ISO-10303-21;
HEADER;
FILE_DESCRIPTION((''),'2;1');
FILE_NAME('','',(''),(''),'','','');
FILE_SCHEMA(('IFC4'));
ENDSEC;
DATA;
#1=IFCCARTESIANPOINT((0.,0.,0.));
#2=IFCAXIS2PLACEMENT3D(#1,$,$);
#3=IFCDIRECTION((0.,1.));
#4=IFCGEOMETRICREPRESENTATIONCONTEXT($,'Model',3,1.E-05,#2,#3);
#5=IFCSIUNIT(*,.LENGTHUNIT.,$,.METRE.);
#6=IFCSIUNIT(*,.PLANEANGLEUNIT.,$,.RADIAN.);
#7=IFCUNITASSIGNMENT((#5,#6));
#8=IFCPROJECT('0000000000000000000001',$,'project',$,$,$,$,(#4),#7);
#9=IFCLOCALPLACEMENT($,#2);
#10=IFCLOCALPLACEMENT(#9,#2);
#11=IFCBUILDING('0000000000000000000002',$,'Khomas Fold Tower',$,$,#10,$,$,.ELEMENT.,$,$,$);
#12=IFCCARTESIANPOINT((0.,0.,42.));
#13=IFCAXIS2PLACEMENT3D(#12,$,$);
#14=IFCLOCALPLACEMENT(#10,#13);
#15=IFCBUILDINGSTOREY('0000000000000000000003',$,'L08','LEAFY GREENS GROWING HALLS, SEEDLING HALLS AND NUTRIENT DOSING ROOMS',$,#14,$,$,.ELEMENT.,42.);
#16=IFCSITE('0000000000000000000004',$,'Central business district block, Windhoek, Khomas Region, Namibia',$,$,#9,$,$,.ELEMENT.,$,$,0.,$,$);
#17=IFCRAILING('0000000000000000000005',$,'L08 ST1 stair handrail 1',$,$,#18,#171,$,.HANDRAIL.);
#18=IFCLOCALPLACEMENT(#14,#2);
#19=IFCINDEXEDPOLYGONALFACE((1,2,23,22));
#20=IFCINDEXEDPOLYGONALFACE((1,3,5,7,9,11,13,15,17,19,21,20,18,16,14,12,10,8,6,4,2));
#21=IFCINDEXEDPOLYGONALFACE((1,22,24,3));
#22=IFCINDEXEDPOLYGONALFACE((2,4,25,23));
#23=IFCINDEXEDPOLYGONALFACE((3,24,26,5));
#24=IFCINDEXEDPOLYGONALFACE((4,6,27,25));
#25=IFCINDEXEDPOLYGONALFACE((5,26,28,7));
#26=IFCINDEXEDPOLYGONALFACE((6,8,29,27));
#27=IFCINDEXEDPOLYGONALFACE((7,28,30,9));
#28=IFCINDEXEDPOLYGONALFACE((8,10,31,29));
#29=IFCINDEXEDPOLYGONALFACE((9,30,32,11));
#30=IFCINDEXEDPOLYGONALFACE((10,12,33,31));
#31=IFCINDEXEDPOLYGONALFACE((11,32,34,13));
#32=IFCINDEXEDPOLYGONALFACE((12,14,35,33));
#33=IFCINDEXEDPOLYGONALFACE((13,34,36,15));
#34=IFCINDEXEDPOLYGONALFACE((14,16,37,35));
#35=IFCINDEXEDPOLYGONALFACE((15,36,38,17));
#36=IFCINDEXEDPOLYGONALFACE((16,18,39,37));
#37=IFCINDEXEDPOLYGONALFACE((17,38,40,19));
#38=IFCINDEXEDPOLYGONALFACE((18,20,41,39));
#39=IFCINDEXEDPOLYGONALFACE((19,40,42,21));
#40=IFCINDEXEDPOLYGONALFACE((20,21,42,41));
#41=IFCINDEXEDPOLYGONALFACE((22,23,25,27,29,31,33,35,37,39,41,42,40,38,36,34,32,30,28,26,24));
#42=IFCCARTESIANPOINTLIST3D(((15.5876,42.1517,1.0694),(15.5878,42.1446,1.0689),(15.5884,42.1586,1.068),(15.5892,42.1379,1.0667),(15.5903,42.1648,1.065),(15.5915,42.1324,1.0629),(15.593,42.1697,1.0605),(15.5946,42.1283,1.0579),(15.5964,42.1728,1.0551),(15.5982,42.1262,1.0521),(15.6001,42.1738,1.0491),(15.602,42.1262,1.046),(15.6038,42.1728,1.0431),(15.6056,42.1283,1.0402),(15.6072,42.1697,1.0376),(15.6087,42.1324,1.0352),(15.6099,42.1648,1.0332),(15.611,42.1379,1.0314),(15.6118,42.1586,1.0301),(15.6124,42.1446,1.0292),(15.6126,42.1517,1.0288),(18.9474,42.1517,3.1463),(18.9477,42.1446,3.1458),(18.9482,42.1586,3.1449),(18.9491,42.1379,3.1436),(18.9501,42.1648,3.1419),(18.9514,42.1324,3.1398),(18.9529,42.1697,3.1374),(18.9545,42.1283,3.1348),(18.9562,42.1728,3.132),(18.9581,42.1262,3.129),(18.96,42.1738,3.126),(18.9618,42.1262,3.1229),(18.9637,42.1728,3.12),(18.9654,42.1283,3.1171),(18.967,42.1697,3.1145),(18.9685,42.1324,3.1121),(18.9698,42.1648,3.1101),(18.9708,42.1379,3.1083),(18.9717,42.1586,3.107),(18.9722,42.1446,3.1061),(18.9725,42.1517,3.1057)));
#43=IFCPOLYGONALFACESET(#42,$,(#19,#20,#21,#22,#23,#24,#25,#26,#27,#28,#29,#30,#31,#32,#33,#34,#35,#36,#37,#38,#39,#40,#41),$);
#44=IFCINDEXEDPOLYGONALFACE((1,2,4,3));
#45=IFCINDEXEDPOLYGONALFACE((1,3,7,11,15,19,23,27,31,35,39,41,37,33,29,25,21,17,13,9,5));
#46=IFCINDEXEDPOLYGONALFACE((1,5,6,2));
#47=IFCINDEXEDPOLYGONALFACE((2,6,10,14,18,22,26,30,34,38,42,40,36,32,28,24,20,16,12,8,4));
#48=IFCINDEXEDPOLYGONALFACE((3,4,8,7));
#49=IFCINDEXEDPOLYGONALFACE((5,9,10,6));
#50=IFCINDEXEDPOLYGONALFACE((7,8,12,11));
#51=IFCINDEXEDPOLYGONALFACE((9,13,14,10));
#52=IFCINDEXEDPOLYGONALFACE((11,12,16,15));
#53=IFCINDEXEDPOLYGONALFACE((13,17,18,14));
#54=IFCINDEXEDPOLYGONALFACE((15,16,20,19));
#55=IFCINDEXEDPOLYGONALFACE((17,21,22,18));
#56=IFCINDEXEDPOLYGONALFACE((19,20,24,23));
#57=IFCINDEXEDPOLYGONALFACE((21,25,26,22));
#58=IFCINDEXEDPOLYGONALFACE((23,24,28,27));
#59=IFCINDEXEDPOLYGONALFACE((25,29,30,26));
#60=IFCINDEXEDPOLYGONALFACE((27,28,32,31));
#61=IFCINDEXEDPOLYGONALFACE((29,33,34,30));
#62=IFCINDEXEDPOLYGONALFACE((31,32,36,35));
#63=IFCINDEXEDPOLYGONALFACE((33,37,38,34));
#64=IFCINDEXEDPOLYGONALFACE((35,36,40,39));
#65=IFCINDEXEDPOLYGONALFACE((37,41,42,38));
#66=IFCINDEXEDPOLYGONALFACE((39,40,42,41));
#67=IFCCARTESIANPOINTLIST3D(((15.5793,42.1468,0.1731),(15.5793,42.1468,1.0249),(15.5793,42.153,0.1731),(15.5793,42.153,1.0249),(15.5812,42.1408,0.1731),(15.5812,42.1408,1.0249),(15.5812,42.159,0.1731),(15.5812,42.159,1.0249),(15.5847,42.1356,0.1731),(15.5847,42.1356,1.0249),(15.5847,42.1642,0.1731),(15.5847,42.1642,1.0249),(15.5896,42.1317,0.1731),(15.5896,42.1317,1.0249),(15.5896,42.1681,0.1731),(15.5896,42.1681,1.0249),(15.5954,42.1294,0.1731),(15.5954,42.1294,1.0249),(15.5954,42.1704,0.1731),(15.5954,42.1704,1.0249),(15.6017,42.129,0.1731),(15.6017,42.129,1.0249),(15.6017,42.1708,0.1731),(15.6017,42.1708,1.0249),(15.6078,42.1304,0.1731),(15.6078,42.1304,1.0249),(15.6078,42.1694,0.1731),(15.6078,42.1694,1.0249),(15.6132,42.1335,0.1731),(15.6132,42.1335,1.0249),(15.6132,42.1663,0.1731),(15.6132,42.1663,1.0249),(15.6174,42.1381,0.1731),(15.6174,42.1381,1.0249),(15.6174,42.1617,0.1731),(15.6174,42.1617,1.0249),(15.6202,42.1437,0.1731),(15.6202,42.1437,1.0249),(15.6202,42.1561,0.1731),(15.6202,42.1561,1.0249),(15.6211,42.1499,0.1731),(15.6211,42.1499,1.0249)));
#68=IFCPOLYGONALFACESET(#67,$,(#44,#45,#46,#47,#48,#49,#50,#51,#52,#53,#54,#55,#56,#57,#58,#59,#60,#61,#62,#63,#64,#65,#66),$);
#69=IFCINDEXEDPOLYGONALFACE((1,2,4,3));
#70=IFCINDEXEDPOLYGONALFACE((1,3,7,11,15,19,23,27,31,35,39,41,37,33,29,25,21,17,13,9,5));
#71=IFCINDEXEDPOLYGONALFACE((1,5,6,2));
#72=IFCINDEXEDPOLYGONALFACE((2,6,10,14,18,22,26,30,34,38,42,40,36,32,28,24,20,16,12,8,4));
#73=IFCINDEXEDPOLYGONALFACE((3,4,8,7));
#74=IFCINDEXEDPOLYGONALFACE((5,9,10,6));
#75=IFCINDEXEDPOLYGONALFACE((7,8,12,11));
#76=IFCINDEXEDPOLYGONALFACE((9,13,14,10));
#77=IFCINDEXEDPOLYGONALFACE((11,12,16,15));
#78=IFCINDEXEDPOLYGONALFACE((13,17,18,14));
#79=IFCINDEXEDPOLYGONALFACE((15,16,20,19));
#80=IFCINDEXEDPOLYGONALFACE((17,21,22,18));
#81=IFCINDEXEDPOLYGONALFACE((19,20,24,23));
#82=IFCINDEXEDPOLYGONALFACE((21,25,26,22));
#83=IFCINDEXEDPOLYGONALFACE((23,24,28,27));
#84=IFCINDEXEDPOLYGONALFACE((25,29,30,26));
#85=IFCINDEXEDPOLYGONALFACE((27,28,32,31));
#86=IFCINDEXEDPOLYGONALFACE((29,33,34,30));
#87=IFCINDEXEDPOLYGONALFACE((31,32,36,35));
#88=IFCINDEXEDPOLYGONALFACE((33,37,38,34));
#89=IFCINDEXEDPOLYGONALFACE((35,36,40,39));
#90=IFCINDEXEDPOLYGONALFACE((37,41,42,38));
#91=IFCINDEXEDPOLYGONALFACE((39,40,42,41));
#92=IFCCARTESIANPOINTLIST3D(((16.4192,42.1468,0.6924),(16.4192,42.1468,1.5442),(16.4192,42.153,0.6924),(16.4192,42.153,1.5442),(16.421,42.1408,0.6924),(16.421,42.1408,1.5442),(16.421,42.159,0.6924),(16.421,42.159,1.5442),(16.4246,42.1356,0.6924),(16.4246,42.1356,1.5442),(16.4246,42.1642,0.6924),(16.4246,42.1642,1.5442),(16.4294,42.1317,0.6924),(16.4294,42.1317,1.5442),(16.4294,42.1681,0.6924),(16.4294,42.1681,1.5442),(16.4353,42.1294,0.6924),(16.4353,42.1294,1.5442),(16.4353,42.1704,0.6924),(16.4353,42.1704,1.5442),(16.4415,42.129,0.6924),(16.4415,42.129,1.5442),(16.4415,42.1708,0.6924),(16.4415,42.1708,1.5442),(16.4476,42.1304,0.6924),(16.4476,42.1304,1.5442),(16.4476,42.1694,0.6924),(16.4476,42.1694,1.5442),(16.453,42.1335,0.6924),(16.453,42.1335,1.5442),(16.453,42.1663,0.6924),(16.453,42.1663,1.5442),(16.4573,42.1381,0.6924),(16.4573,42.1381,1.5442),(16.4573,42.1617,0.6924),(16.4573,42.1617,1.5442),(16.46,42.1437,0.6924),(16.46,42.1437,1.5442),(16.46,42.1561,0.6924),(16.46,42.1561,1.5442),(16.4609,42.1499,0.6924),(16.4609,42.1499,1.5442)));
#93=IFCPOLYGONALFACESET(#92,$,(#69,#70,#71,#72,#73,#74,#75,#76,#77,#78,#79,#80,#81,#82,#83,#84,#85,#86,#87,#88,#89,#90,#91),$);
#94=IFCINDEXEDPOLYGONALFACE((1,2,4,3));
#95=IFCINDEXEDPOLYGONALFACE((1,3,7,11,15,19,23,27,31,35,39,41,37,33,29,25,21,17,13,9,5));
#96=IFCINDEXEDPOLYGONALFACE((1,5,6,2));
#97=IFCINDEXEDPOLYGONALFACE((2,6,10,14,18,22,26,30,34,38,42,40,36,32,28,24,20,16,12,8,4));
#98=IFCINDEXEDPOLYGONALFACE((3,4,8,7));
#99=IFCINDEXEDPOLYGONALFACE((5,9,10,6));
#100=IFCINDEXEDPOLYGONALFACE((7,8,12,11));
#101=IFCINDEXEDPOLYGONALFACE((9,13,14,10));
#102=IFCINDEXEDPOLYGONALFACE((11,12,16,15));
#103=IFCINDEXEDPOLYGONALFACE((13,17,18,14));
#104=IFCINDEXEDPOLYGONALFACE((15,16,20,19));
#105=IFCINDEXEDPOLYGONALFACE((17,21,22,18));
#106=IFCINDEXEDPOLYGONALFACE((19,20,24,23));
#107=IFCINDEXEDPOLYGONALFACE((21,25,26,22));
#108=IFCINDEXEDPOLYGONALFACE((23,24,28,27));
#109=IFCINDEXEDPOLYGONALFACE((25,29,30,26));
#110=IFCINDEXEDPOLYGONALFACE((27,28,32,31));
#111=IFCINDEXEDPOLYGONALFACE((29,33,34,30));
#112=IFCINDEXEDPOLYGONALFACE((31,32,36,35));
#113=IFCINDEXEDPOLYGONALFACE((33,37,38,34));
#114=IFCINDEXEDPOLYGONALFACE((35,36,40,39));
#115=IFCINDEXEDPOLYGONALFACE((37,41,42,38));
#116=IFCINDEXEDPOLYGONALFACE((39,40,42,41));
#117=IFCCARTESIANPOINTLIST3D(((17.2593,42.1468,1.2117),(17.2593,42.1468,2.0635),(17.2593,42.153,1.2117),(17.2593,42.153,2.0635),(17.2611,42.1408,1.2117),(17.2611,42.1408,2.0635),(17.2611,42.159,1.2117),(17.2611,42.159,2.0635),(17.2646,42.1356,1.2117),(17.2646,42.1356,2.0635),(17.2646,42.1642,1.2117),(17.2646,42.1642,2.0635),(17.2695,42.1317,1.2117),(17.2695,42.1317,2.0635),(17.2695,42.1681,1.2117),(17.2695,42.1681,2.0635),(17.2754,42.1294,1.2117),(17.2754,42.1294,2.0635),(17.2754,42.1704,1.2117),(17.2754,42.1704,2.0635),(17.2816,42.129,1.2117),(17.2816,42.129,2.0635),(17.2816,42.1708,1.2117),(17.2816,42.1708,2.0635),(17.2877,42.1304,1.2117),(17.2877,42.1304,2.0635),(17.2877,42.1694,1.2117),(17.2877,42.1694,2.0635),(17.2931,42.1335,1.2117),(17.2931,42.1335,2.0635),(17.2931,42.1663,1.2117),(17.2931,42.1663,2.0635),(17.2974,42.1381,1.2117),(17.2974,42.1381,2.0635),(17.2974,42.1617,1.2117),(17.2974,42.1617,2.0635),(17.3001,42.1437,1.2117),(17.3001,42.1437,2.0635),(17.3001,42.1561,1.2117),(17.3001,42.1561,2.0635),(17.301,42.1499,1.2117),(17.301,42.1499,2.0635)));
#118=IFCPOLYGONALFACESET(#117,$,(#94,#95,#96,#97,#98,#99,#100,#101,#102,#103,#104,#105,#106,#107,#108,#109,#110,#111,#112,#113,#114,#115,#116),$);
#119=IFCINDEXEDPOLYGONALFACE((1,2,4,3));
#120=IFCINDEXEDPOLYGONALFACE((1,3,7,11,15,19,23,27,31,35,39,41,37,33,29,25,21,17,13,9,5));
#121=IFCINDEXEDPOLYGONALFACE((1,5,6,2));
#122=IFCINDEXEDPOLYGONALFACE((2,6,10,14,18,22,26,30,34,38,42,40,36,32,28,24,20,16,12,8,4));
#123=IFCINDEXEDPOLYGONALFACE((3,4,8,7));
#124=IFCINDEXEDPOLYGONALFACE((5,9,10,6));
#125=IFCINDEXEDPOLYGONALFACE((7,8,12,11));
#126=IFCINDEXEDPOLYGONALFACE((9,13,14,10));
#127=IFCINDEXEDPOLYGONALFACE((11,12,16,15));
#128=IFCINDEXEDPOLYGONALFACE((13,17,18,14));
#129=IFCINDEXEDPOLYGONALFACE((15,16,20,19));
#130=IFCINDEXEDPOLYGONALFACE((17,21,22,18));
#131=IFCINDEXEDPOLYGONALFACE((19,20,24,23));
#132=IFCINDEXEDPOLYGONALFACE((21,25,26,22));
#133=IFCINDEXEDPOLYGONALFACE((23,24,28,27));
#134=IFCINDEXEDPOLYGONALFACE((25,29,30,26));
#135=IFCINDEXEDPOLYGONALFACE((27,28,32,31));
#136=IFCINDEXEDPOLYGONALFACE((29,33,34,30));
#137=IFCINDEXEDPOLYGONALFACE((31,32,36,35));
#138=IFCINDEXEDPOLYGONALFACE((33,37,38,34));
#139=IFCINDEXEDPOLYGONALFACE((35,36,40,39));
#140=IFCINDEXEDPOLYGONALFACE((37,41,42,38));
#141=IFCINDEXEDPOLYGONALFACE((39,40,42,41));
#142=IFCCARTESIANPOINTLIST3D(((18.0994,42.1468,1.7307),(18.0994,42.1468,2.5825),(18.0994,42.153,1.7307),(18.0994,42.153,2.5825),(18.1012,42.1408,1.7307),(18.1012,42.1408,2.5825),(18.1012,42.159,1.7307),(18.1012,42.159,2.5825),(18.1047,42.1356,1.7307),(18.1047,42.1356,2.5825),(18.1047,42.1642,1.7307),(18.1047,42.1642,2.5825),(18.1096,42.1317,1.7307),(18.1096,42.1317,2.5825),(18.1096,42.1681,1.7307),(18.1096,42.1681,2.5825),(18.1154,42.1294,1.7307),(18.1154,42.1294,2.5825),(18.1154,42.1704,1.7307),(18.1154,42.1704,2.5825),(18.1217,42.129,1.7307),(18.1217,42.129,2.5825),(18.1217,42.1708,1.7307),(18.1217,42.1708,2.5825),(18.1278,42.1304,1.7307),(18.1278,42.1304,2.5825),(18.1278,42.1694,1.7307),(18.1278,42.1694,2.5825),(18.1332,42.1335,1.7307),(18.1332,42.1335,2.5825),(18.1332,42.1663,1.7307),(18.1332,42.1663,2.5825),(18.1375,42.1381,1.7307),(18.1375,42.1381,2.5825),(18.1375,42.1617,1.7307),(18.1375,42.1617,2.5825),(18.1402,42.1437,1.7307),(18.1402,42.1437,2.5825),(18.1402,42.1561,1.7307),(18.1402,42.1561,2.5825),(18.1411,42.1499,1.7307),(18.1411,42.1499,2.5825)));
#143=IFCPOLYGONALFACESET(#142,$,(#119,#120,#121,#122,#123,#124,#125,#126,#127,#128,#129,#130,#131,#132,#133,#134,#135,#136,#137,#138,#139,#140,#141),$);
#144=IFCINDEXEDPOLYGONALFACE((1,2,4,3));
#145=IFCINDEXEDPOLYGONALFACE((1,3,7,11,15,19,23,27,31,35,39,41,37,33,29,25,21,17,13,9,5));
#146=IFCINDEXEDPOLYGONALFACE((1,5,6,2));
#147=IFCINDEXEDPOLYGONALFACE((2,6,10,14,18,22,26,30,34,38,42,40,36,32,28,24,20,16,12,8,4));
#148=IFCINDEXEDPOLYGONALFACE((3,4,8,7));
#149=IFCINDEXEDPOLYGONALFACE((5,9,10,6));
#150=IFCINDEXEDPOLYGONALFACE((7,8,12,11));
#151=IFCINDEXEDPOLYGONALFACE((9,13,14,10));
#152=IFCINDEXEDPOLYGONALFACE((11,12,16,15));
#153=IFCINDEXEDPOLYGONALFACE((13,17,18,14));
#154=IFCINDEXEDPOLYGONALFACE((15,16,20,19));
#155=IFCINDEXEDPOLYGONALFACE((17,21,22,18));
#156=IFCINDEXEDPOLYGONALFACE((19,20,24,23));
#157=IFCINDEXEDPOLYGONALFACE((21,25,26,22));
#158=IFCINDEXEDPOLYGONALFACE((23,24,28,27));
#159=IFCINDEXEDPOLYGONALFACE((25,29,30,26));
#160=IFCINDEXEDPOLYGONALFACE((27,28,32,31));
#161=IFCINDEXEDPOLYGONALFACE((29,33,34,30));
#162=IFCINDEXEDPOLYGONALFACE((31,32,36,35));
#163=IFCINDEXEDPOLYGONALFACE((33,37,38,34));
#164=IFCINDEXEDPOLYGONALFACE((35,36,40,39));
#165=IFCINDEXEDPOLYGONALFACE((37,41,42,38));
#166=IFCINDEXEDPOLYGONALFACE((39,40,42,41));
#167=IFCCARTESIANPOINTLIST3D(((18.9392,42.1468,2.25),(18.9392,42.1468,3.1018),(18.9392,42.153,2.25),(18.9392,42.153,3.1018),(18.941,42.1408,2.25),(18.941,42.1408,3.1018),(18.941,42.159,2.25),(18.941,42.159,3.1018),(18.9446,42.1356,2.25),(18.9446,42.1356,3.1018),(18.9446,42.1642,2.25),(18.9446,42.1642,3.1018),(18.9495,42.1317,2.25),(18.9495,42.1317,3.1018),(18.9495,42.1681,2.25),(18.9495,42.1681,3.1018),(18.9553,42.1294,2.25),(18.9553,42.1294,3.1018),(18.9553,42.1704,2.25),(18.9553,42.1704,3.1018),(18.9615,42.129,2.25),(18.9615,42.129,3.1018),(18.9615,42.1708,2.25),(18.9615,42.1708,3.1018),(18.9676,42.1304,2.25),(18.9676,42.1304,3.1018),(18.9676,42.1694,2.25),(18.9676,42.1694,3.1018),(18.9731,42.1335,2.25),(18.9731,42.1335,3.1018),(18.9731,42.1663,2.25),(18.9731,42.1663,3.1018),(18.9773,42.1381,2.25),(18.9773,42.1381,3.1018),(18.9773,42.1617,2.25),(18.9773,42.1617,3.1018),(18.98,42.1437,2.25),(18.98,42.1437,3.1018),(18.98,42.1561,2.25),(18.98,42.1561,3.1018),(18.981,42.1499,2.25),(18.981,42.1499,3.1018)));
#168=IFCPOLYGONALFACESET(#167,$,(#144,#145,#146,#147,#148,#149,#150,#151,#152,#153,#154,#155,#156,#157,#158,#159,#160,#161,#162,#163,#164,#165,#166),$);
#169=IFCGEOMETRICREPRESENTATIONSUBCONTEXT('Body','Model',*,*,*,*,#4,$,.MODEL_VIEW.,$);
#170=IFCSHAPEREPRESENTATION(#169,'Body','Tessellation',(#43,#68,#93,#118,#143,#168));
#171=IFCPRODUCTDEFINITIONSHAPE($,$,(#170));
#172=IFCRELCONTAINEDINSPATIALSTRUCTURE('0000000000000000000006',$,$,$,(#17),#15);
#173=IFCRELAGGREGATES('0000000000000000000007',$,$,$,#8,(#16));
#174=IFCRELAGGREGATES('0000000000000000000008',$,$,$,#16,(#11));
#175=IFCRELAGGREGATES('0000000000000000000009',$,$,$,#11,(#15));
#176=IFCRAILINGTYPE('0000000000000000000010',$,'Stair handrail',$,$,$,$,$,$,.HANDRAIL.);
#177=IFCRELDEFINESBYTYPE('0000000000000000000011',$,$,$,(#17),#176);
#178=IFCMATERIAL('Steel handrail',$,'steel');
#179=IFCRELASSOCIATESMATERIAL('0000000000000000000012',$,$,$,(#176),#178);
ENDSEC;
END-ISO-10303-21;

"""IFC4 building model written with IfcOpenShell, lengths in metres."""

from ifc_helpers import new_model, si_unit, direction, frame, origin, origin_2d, place, context, subcontext, project, spatial, circle, extrude, source, transform, mapped, material, type_object, element, save


model = new_model("IFC4")

# Units and contexts
model_context = context("Model", 3, precision=1e-05, world=origin(), true_north=direction((0.0, 1.0)))
body_context = subcontext(model_context, "Body", "Model", "MODEL_VIEW")
ifc_project = project(units=[si_unit("LENGTHUNIT", "METRE"), si_unit("PLANEANGLEUNIT", "RADIAN")], contexts=[model_context])

# Site, building, storey
site_placement = place(None, origin())
site = spatial("IfcSite", under=ifc_project, at=site_placement, Name="Central business district block, Windhoek, Khomas Region, Namibia", CompositionType="ELEMENT", RefElevation=0.0)
building_placement = place(site_placement, origin())
building = spatial("IfcBuilding", under=site, at=building_placement, Name="Khomas Fold Tower", CompositionType="ELEMENT")
storey_placement = place(building_placement, frame((0.0, 0.0, 42.0)))
storey = spatial("IfcBuildingStorey", under=building, at=storey_placement, Name="L08", Description="LEAFY GREENS GROWING HALLS, SEEDLING HALLS AND NUTRIENT DOSING ROOMS", CompositionType="ELEMENT", Elevation=42.0)

# Railing
ifc_material_1 = material(Name="Steel handrail", Category="steel")
railing_type_1 = type_object("IfcRailingType", Name="Stair handrail", PredefinedType="HANDRAIL", material=ifc_material_1)
shared_shape_1 = source(origin(), body_context, "Body", "SweptSolid", [
    extrude(circle(Radius=0.0239, at=origin_2d()), frame((0.0, 0.0, 0.876), z_axis=(0.850606, 0.0, 0.525803), x_axis=(0.0, 1.0, 0.0)), (0.0, 0.0, 1.0), 3.95),
    extrude(circle(Radius=0.021, at=origin_2d()), origin(), (0.0, 0.0, 1.0), 0.8518),
    extrude(circle(Radius=0.021, at=origin_2d()), frame((0.8398, 0.0, 0.5193)), (0.0, 0.0, 1.0), 0.8518),
    extrude(circle(Radius=0.021, at=origin_2d()), frame((1.6799, 0.0, 1.0386)), (0.0, 0.0, 1.0), 0.8518),
    extrude(circle(Radius=0.021, at=origin_2d()), frame((2.52, 0.0, 1.5576)), (0.0, 0.0, 1.0), 0.8518),
    extrude(circle(Radius=0.021, at=origin_2d()), frame((3.3599, 0.0, 2.0769)), (0.0, 0.0, 1.0), 0.8518),
])
railing_1_placement = place(storey_placement, frame((15.6001, 42.1499, 0.1731)))
element("IfcRailing", 1, at=railing_1_placement, inside=storey, type_object=railing_type_1, Name="L08 ST1 stair handrail 1", PredefinedType="HANDRAIL", context=body_context, shape_type="MappedRepresentation", body=[
    mapped(shared_shape_1, transform((0.0, 0.0, 0.0))),
])

save(model, "model.ifc")
